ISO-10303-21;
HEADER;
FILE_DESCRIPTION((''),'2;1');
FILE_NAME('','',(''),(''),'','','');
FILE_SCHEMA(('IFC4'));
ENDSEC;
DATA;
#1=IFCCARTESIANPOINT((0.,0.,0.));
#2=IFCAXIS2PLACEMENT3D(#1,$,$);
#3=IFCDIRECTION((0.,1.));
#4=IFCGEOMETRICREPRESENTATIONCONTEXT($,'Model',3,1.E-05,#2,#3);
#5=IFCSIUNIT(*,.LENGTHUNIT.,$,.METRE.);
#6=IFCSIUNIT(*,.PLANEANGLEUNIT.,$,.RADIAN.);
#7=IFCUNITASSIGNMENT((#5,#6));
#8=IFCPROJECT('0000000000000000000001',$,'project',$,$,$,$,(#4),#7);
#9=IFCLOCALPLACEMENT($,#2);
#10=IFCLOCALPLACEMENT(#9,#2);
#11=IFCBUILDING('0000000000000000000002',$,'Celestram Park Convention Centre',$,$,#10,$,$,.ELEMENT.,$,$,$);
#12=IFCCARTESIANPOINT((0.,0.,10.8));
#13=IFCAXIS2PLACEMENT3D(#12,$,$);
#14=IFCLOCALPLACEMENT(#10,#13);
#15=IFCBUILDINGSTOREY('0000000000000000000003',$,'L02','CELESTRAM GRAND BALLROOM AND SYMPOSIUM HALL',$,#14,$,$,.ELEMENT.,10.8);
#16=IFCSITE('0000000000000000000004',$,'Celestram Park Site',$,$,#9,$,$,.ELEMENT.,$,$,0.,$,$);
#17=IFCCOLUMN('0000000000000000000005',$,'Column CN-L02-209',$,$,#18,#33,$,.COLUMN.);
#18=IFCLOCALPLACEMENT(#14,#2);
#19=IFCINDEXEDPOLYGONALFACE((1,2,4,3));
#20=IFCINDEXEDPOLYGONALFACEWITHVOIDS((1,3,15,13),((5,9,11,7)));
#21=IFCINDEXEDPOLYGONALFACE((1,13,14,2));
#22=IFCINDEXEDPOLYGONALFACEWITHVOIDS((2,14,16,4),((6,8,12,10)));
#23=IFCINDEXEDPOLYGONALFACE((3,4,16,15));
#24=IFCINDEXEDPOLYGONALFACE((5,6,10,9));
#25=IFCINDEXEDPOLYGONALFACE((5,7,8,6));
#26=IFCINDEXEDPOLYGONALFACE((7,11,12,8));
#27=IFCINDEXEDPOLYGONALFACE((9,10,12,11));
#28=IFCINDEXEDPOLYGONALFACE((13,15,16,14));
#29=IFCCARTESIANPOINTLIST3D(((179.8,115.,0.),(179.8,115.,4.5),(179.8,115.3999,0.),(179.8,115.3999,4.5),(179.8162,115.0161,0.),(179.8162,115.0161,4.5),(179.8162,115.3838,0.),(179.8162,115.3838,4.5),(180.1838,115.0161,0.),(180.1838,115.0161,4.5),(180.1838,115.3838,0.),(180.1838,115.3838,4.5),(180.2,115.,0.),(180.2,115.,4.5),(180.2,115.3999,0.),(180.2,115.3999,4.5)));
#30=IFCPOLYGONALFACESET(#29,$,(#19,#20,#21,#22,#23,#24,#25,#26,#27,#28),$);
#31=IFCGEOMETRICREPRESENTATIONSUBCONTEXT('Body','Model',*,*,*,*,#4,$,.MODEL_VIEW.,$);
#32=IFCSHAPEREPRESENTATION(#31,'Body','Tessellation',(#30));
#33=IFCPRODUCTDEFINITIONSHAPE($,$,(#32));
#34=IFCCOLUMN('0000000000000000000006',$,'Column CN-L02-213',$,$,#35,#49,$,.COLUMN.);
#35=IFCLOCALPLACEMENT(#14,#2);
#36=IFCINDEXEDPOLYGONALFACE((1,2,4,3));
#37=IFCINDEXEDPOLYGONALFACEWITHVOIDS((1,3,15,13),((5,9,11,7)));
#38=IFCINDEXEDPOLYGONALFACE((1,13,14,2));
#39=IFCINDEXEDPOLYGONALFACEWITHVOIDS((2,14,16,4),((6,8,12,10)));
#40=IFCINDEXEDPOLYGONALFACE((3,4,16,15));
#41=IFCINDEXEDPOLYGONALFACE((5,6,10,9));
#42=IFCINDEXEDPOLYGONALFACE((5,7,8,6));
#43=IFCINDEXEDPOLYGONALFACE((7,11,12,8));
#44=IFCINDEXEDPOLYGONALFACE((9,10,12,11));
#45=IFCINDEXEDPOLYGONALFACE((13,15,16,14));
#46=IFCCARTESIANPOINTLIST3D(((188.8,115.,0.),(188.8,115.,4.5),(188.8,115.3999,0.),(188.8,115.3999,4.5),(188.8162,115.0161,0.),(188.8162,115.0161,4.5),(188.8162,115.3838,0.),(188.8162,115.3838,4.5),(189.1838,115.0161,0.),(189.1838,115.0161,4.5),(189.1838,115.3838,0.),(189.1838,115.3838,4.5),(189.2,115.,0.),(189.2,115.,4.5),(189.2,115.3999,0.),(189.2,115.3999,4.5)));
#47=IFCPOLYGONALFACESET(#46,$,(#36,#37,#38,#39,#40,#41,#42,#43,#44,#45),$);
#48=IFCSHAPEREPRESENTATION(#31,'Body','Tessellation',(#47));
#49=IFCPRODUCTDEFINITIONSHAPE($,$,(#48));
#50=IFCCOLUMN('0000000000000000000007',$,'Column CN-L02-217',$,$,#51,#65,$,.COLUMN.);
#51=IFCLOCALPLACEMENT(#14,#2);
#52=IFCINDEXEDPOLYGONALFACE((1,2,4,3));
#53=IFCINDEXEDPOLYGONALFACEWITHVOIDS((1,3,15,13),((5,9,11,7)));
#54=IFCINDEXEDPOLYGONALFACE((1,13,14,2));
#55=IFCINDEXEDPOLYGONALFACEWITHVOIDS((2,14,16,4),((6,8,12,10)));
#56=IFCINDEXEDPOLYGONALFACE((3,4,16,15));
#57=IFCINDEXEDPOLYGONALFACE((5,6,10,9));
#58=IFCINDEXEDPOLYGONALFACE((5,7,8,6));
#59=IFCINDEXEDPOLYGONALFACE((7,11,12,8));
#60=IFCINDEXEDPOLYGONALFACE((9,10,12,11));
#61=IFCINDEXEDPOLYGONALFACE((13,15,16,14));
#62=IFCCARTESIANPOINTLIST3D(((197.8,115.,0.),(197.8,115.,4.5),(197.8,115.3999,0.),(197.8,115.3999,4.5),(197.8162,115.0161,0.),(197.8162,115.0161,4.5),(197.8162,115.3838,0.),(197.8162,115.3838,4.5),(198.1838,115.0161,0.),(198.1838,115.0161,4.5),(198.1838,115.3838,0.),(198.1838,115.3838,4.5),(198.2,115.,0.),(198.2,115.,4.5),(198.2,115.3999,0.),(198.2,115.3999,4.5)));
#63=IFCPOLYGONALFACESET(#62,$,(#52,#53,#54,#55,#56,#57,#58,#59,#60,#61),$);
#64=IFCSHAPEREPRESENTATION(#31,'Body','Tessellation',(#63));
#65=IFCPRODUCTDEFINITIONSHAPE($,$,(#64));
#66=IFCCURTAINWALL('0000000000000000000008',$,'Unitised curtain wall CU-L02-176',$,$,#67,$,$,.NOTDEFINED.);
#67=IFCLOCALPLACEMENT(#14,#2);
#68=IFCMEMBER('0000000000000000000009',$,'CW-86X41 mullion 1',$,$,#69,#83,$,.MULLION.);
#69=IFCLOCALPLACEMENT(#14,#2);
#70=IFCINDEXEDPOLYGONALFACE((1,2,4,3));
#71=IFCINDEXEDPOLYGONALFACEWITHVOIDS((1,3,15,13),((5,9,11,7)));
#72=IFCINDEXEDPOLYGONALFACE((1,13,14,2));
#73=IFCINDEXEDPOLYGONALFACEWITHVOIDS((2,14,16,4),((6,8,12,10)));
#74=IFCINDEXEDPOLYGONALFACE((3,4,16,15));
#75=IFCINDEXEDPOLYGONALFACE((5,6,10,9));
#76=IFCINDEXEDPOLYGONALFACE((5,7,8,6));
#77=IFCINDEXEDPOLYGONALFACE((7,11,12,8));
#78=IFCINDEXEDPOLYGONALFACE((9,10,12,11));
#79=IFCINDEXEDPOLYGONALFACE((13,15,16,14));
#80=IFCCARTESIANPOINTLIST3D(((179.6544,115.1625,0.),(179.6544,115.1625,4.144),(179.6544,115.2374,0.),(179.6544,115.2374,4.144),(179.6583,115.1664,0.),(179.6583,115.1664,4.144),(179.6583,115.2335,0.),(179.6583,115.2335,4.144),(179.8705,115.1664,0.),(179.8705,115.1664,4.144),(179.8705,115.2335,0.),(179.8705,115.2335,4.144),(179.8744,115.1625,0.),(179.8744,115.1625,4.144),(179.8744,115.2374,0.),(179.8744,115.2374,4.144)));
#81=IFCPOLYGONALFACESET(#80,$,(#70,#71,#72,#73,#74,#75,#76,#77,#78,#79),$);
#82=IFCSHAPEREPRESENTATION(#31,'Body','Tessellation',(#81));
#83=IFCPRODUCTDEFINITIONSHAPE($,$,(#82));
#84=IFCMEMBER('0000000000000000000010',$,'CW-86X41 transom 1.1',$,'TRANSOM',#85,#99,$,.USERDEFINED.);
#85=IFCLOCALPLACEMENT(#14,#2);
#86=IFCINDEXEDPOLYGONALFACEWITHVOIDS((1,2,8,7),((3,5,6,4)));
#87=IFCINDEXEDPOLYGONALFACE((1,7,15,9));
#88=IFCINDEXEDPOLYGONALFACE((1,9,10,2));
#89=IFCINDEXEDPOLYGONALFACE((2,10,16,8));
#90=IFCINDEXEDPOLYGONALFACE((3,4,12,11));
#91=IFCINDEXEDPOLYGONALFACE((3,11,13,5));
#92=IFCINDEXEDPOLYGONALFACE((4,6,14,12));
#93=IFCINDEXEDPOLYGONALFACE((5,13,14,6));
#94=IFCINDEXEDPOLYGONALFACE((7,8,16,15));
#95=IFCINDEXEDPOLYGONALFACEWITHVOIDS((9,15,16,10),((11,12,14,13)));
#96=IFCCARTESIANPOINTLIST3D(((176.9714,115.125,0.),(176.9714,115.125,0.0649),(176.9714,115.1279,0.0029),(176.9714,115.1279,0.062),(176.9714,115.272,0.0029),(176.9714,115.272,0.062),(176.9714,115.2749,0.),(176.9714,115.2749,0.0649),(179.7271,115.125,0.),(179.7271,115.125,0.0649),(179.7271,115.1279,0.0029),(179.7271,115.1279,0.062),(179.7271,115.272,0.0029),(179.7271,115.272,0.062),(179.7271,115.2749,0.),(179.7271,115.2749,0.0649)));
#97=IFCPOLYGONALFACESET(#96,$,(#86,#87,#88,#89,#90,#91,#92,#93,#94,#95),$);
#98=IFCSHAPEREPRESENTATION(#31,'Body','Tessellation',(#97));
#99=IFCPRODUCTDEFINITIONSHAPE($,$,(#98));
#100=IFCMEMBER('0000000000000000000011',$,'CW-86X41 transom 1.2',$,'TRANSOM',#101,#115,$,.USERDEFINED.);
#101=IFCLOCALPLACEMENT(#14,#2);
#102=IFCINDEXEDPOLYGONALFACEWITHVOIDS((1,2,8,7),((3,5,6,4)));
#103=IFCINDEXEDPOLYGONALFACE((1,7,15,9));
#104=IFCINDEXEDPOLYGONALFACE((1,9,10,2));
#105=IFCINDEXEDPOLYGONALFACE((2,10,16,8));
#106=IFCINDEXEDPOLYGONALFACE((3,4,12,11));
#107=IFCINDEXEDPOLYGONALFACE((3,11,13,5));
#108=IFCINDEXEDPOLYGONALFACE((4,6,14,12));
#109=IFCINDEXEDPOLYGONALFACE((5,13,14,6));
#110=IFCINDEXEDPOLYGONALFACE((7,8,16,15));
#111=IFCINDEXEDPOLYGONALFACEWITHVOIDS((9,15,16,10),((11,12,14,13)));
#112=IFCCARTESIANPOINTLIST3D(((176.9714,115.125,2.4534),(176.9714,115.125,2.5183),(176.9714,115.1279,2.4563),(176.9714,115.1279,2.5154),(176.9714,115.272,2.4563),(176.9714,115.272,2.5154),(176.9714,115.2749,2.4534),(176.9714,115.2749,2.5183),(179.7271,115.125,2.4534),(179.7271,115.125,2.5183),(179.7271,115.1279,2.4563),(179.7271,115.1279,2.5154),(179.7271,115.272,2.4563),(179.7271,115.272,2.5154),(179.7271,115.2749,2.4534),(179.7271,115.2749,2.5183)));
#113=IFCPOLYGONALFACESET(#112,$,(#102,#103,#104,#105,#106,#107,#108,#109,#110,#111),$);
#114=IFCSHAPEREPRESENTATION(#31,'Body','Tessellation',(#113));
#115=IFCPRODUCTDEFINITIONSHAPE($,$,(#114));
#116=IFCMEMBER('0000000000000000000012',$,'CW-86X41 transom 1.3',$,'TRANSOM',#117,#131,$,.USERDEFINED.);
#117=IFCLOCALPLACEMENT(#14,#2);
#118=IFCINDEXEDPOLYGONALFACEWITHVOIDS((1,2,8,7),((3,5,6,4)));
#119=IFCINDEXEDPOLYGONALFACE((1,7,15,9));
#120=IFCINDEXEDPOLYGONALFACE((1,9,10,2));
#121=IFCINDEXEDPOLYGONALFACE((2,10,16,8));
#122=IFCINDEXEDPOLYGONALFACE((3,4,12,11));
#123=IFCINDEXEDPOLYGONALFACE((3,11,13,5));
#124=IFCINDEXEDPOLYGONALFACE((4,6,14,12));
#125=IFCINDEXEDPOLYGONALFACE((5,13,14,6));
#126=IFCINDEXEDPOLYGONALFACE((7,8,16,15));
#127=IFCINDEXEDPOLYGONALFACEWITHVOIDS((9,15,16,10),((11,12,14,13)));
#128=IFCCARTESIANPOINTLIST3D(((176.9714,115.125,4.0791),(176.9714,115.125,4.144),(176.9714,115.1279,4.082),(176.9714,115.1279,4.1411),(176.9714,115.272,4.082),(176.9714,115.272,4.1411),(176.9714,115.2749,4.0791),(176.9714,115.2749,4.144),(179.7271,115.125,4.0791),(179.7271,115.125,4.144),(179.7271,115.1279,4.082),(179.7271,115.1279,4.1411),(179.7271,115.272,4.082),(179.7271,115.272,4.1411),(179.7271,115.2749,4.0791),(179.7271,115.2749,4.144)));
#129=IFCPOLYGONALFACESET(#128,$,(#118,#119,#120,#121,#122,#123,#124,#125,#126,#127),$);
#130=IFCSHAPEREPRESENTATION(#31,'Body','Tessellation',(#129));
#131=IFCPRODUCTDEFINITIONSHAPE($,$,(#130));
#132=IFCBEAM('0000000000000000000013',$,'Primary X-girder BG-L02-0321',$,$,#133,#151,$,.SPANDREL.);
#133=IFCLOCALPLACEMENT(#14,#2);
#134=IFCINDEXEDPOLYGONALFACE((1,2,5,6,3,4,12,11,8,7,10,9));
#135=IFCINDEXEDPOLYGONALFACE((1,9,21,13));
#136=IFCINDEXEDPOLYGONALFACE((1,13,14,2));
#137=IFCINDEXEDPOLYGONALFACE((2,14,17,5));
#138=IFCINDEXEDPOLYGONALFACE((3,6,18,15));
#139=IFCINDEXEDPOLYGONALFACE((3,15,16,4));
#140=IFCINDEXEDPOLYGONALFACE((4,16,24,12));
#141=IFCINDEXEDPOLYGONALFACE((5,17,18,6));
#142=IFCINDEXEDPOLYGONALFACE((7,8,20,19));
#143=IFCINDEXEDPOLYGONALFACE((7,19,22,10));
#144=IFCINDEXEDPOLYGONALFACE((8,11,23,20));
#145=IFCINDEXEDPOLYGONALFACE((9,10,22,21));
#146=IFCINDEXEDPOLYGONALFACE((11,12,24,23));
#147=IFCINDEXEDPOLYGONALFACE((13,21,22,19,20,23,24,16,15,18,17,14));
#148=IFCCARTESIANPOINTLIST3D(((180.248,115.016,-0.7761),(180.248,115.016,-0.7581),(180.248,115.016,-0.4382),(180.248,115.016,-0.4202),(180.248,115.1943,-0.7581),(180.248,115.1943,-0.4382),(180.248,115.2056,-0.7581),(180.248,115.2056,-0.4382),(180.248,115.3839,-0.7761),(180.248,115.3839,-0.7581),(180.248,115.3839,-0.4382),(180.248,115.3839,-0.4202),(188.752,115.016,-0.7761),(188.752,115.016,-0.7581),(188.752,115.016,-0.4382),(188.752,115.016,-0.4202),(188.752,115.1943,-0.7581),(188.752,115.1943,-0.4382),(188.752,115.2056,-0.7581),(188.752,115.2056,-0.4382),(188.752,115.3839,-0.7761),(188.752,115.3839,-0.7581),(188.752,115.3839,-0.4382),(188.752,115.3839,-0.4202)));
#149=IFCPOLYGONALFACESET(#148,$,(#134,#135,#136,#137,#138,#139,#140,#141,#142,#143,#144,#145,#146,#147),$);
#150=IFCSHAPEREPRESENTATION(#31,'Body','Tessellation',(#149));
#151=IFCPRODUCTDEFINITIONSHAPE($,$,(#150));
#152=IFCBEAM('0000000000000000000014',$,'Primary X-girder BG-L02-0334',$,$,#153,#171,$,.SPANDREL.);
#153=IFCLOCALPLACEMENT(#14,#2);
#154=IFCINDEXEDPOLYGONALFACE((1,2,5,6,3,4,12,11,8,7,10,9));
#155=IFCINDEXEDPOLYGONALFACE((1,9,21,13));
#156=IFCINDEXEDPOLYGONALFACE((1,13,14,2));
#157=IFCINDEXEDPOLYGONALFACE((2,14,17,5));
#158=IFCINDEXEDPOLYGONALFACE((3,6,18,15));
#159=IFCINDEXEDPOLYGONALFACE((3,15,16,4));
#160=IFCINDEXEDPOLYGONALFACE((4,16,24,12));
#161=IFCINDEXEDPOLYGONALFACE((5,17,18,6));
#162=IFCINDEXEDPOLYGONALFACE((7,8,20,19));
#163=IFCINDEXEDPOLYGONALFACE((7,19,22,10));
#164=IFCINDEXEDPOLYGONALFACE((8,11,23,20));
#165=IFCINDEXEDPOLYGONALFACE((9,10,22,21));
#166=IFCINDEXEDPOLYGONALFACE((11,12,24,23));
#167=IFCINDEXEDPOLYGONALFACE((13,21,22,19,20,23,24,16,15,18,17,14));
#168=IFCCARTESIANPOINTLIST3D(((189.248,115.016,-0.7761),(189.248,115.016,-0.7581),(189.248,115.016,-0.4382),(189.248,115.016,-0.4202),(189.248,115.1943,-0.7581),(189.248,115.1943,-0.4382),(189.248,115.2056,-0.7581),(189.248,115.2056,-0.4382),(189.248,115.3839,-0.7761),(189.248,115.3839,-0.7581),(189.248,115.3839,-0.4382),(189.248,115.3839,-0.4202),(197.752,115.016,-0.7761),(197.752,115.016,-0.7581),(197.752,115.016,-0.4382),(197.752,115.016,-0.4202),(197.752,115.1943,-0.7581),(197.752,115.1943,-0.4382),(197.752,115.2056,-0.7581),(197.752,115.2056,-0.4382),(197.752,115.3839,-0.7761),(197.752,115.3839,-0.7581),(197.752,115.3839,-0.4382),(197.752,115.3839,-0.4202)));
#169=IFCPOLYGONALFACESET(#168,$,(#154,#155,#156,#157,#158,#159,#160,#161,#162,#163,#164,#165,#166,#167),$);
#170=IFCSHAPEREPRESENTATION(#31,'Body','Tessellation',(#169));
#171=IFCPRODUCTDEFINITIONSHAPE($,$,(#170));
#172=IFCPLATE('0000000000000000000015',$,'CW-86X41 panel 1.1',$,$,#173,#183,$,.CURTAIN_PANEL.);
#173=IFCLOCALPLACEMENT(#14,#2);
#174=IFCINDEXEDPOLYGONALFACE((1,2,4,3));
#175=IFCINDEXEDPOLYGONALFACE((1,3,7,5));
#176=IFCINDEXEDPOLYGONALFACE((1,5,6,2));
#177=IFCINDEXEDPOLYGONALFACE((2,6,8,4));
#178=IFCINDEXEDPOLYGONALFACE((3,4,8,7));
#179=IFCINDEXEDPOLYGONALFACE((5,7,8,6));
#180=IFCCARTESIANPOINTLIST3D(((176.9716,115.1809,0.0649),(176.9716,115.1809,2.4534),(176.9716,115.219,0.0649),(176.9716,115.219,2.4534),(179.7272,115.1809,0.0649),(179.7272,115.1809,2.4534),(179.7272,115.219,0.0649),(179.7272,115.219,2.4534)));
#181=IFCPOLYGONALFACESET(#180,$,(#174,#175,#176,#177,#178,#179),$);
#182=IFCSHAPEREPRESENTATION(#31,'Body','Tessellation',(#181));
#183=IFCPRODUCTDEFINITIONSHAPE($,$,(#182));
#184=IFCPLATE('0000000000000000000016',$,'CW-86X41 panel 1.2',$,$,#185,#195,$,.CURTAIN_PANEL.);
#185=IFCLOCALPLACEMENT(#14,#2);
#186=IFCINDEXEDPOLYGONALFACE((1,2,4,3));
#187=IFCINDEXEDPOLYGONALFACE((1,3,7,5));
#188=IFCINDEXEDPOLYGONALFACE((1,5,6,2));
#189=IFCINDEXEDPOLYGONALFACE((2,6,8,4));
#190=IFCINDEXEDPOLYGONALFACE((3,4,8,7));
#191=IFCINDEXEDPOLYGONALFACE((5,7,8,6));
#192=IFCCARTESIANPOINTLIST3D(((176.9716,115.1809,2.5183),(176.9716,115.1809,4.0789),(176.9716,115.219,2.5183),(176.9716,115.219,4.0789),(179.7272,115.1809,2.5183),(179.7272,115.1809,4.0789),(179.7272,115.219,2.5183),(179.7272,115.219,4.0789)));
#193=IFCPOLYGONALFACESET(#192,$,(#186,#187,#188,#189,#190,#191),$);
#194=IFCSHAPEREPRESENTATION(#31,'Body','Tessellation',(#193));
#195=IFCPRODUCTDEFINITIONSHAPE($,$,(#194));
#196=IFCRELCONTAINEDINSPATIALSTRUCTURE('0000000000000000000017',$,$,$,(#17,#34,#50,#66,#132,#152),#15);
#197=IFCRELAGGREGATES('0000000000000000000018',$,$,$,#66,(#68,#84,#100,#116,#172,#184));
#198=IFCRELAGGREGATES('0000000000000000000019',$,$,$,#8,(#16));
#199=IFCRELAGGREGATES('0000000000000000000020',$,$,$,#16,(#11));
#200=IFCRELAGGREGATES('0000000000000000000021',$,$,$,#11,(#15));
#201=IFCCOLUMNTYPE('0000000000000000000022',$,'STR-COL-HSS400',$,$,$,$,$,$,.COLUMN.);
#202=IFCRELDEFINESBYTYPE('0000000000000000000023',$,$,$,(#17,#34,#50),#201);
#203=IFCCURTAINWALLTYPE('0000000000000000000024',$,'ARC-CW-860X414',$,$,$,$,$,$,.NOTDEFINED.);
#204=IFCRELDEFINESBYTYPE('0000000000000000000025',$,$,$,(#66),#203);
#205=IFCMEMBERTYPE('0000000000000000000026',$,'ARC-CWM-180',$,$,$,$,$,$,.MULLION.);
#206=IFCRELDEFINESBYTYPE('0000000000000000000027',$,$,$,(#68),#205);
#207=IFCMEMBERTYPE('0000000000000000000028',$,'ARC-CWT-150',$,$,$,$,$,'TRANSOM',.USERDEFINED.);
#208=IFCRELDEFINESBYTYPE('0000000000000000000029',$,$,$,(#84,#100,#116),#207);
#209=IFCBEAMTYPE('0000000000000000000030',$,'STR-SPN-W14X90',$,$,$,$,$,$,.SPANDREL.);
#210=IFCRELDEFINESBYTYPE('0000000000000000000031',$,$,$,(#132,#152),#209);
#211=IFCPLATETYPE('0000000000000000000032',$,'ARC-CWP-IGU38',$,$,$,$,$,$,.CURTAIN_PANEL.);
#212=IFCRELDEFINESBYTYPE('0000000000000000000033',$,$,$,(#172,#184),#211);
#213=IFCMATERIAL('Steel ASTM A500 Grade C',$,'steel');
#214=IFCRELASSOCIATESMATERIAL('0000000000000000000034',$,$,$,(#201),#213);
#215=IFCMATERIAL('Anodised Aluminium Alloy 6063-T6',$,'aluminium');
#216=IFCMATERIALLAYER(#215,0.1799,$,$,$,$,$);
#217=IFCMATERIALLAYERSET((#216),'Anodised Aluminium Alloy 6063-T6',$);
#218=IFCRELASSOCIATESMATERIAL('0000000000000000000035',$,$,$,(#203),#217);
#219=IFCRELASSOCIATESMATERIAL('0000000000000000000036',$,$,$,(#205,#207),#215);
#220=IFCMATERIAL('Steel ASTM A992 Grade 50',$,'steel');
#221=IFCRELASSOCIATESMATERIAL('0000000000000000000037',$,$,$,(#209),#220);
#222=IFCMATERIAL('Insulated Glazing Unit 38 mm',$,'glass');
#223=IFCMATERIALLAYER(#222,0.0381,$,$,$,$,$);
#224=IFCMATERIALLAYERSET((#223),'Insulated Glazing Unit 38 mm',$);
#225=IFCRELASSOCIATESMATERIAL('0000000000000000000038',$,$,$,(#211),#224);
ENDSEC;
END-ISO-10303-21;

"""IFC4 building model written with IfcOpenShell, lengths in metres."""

from ifc_helpers import new_model, si_unit, direction, frame, origin, origin_2d, place, context, subcontext, project, spatial, rectangle, hollow_rectangle, i_section, extrude, material, layer, layer_set, material_profile, profile_set, type_object, element, aggregate, save


model = new_model("IFC4")

# Units and contexts
model_context = context("Model", 3, precision=1e-05, world=origin(), true_north=direction((0.0, 1.0)))
body_context = subcontext(model_context, "Body", "Model", "MODEL_VIEW")
ifc_project = project(units=[si_unit("LENGTHUNIT", "METRE"), si_unit("PLANEANGLEUNIT", "RADIAN")], contexts=[model_context])

# Site, building, storey
site_placement = place(None, origin())
site = spatial("IfcSite", under=ifc_project, at=site_placement, Name="Celestram Park Site", CompositionType="ELEMENT", RefElevation=0.0)
building_placement = place(site_placement, origin())
building = spatial("IfcBuilding", under=site, at=building_placement, Name="Celestram Park Convention Centre", CompositionType="ELEMENT")
storey_placement = place(building_placement, frame((0.0, 0.0, 10.8)))
storey = spatial("IfcBuildingStorey", under=building, at=storey_placement, Name="L02", Description="CELESTRAM GRAND BALLROOM AND SYMPOSIUM HALL", CompositionType="ELEMENT", Elevation=10.8)

# Columns
ifc_material_1 = material(Name="Steel ASTM A500 Grade C", Category="steel")
ifc_material_profile_1 = material_profile(ifc_material_1, hollow_rectangle(XDim=0.3999, YDim=0.3999, WallThickness=0.0161, at=origin_2d()), Name="HSS400X400X16")
ifc_profile_set_1 = profile_set([ifc_material_profile_1], Name="Steel ASTM A500 Grade C")
column_type = type_object("IfcColumnType", Name="STR-COL-HSS400", PredefinedType="COLUMN", material=ifc_profile_set_1)
for number, where, z_axis, x_axis, name in (
    (1, (180.0, 115.2, 0.0), (0.0, 0.0, 1.0), (1.0, 0.0, 0.0), "Column CN-L02-209"),
    (2, (189.0, 115.2, 0.0), (0.0, 0.0, 1.0), (1.0, 0.0, 0.0), "Column CN-L02-213"),
    (3, (198.0, 115.2, 0.0), (0.0, 0.0, 1.0), (1.0, 0.0, 0.0), "Column CN-L02-217"),
):
    element("IfcColumn", number, at=place(storey_placement, frame(where, z_axis=z_axis, x_axis=x_axis)), inside=storey, type_object=column_type, Name=name, PredefinedType="COLUMN", context=body_context, shape_type="SweptSolid", body=[
        extrude(hollow_rectangle(XDim=0.3999, YDim=0.3999, WallThickness=0.0161, at=origin_2d()), origin(), (0.0, 0.0, 1.0), 4.5),
    ])

# Curtain wall, members
ifc_material_2 = material(Name="Anodised Aluminium Alloy 6063-T6", Category="aluminium")
ifc_layer_1 = layer(ifc_material_2, 0.1799)
ifc_layer_set_1 = layer_set([ifc_layer_1], Name="Anodised Aluminium Alloy 6063-T6")
curtain_wall_type = type_object("IfcCurtainWallType", Name="ARC-CW-860X414", PredefinedType="NOTDEFINED", material=ifc_layer_set_1)
curtain_wall_placement = place(storey_placement, origin())
curtain_wall = element("IfcCurtainWall", 4, at=curtain_wall_placement, inside=storey, type_object=curtain_wall_type, Name="Unitised curtain wall CU-L02-176", PredefinedType="NOTDEFINED")
ifc_material_profile_2 = material_profile(ifc_material_2, hollow_rectangle(XDim=0.075, YDim=0.22, WallThickness=0.0039, at=origin_2d()), Name="ALU75X220X4")
ifc_profile_set_2 = profile_set([ifc_material_profile_2], Name="Anodised Aluminium Alloy 6063-T6")
member_type_1 = type_object("IfcMemberType", Name="ARC-CWM-180", PredefinedType="MULLION", material=ifc_profile_set_2)
member_1_placement = place(storey_placement, frame((179.7644, 115.2, 0.0), z_axis=(0.0, 0.0, 1.0), x_axis=(0.0, -1.0, 0.0)))
member_1 = element("IfcMember", 5, at=member_1_placement, type_object=member_type_1, Name="CW-86X41 mullion 1", PredefinedType="MULLION", context=body_context, shape_type="SweptSolid", body=[
    extrude(hollow_rectangle(XDim=0.075, YDim=0.22, WallThickness=0.0039, at=origin_2d()), origin(), (0.0, 0.0, 1.0), 4.144),
])
ifc_material_profile_3 = material_profile(ifc_material_2, hollow_rectangle(XDim=0.1499, YDim=0.0649, WallThickness=0.0029, at=origin_2d()), Name="ALU150X65X3")
ifc_profile_set_3 = profile_set([ifc_material_profile_3], Name="Anodised Aluminium Alloy 6063-T6")
member_type_2 = type_object("IfcMemberType", Name="ARC-CWT-150", ElementType="TRANSOM", PredefinedType="USERDEFINED", material=ifc_profile_set_3)
member_2_placement = place(storey_placement, frame((179.7271, 115.2, 0.0325), z_axis=(-1.0, 0.0, 0.0), x_axis=(0.0, -1.0, 0.0)))
member_2 = element("IfcMember", 6, at=member_2_placement, type_object=member_type_2, Name="CW-86X41 transom 1.1", ObjectType="TRANSOM", PredefinedType="USERDEFINED", context=body_context, shape_type="SweptSolid", body=[
    extrude(hollow_rectangle(XDim=0.1499, YDim=0.0649, WallThickness=0.0029, at=origin_2d()), origin(), (0.0, 0.0, 1.0), 2.7556),
])
member_3_placement = place(storey_placement, frame((179.7271, 115.2, 2.4858), z_axis=(-1.0, 0.0, 0.0), x_axis=(0.0, -1.0, 0.0)))
member_3 = element("IfcMember", 7, at=member_3_placement, type_object=member_type_2, Name="CW-86X41 transom 1.2", ObjectType="TRANSOM", PredefinedType="USERDEFINED", context=body_context, shape_type="SweptSolid", body=[
    extrude(hollow_rectangle(XDim=0.1499, YDim=0.0649, WallThickness=0.0029, at=origin_2d()), origin(), (0.0, 0.0, 1.0), 2.7556),
])
member_4_placement = place(storey_placement, frame((179.7271, 115.2, 4.1116), z_axis=(-1.0, 0.0, 0.0), x_axis=(0.0, -1.0, 0.0)))
member_4 = element("IfcMember", 8, at=member_4_placement, type_object=member_type_2, Name="CW-86X41 transom 1.3", ObjectType="TRANSOM", PredefinedType="USERDEFINED", context=body_context, shape_type="SweptSolid", body=[
    extrude(hollow_rectangle(XDim=0.1499, YDim=0.0649, WallThickness=0.0029, at=origin_2d()), origin(), (0.0, 0.0, 1.0), 2.7556),
])

# Beams
ifc_material_3 = material(Name="Steel ASTM A992 Grade 50", Category="steel")
ifc_material_profile_4 = material_profile(ifc_material_3, i_section(OverallWidth=0.3679, OverallDepth=0.356, WebThickness=0.0112, FlangeThickness=0.0181, at=origin_2d()), Name="W14X90")
ifc_profile_set_4 = profile_set([ifc_material_profile_4], Name="Steel ASTM A992 Grade 50")
beam_type = type_object("IfcBeamType", Name="STR-SPN-W14X90", PredefinedType="SPANDREL", material=ifc_profile_set_4)
for number, where, z_axis, x_axis, name in (
    (9, (180.248, 115.2, -0.5981), (1.0, 0.0, 0.0), (0.0, 1.0, 0.0), "Primary X-girder BG-L02-0321"),
    (10, (189.248, 115.2, -0.5981), (1.0, 0.0, 0.0), (0.0, 1.0, 0.0), "Primary X-girder BG-L02-0334"),
):
    element("IfcBeam", number, at=place(storey_placement, frame(where, z_axis=z_axis, x_axis=x_axis)), inside=storey, type_object=beam_type, Name=name, PredefinedType="SPANDREL", context=body_context, shape_type="SweptSolid", body=[
        extrude(i_section(OverallWidth=0.3679, OverallDepth=0.356, WebThickness=0.0112, FlangeThickness=0.0181, at=origin_2d()), origin(), (0.0, 0.0, 1.0), 8.5039),
    ])

# Plates
ifc_material_4 = material(Name="Insulated Glazing Unit 38 mm", Category="glass")
ifc_layer_2 = layer(ifc_material_4, 0.0381)
ifc_layer_set_2 = layer_set([ifc_layer_2], Name="Insulated Glazing Unit 38 mm")
plate_type = type_object("IfcPlateType", Name="ARC-CWP-IGU38", PredefinedType="CURTAIN_PANEL", material=ifc_layer_set_2)
plate_1_placement = place(storey_placement, frame((178.3494, 115.2, 0.0649), z_axis=(0.0, 0.0, 1.0), x_axis=(-1.0, 0.0, 0.0)))
plate_1 = element("IfcPlate", 11, at=plate_1_placement, type_object=plate_type, Name="CW-86X41 panel 1.1", PredefinedType="CURTAIN_PANEL", context=body_context, shape_type="SweptSolid", body=[
    extrude(rectangle(XDim=2.7556, YDim=0.0381, at=origin_2d()), origin(), (0.0, 0.0, 1.0), 2.3884),
])
plate_2_placement = place(storey_placement, frame((178.3494, 115.2, 2.5183), z_axis=(0.0, 0.0, 1.0), x_axis=(-1.0, 0.0, 0.0)))
plate_2 = element("IfcPlate", 12, at=plate_2_placement, type_object=plate_type, Name="CW-86X41 panel 1.2", PredefinedType="CURTAIN_PANEL", context=body_context, shape_type="SweptSolid", body=[
    extrude(rectangle(XDim=2.7556, YDim=0.0381, at=origin_2d()), origin(), (0.0, 0.0, 1.0), 1.5605),
])
aggregate(curtain_wall, [member_1, member_2, member_3, member_4, plate_1, plate_2])

save(model, "model.ifc")
